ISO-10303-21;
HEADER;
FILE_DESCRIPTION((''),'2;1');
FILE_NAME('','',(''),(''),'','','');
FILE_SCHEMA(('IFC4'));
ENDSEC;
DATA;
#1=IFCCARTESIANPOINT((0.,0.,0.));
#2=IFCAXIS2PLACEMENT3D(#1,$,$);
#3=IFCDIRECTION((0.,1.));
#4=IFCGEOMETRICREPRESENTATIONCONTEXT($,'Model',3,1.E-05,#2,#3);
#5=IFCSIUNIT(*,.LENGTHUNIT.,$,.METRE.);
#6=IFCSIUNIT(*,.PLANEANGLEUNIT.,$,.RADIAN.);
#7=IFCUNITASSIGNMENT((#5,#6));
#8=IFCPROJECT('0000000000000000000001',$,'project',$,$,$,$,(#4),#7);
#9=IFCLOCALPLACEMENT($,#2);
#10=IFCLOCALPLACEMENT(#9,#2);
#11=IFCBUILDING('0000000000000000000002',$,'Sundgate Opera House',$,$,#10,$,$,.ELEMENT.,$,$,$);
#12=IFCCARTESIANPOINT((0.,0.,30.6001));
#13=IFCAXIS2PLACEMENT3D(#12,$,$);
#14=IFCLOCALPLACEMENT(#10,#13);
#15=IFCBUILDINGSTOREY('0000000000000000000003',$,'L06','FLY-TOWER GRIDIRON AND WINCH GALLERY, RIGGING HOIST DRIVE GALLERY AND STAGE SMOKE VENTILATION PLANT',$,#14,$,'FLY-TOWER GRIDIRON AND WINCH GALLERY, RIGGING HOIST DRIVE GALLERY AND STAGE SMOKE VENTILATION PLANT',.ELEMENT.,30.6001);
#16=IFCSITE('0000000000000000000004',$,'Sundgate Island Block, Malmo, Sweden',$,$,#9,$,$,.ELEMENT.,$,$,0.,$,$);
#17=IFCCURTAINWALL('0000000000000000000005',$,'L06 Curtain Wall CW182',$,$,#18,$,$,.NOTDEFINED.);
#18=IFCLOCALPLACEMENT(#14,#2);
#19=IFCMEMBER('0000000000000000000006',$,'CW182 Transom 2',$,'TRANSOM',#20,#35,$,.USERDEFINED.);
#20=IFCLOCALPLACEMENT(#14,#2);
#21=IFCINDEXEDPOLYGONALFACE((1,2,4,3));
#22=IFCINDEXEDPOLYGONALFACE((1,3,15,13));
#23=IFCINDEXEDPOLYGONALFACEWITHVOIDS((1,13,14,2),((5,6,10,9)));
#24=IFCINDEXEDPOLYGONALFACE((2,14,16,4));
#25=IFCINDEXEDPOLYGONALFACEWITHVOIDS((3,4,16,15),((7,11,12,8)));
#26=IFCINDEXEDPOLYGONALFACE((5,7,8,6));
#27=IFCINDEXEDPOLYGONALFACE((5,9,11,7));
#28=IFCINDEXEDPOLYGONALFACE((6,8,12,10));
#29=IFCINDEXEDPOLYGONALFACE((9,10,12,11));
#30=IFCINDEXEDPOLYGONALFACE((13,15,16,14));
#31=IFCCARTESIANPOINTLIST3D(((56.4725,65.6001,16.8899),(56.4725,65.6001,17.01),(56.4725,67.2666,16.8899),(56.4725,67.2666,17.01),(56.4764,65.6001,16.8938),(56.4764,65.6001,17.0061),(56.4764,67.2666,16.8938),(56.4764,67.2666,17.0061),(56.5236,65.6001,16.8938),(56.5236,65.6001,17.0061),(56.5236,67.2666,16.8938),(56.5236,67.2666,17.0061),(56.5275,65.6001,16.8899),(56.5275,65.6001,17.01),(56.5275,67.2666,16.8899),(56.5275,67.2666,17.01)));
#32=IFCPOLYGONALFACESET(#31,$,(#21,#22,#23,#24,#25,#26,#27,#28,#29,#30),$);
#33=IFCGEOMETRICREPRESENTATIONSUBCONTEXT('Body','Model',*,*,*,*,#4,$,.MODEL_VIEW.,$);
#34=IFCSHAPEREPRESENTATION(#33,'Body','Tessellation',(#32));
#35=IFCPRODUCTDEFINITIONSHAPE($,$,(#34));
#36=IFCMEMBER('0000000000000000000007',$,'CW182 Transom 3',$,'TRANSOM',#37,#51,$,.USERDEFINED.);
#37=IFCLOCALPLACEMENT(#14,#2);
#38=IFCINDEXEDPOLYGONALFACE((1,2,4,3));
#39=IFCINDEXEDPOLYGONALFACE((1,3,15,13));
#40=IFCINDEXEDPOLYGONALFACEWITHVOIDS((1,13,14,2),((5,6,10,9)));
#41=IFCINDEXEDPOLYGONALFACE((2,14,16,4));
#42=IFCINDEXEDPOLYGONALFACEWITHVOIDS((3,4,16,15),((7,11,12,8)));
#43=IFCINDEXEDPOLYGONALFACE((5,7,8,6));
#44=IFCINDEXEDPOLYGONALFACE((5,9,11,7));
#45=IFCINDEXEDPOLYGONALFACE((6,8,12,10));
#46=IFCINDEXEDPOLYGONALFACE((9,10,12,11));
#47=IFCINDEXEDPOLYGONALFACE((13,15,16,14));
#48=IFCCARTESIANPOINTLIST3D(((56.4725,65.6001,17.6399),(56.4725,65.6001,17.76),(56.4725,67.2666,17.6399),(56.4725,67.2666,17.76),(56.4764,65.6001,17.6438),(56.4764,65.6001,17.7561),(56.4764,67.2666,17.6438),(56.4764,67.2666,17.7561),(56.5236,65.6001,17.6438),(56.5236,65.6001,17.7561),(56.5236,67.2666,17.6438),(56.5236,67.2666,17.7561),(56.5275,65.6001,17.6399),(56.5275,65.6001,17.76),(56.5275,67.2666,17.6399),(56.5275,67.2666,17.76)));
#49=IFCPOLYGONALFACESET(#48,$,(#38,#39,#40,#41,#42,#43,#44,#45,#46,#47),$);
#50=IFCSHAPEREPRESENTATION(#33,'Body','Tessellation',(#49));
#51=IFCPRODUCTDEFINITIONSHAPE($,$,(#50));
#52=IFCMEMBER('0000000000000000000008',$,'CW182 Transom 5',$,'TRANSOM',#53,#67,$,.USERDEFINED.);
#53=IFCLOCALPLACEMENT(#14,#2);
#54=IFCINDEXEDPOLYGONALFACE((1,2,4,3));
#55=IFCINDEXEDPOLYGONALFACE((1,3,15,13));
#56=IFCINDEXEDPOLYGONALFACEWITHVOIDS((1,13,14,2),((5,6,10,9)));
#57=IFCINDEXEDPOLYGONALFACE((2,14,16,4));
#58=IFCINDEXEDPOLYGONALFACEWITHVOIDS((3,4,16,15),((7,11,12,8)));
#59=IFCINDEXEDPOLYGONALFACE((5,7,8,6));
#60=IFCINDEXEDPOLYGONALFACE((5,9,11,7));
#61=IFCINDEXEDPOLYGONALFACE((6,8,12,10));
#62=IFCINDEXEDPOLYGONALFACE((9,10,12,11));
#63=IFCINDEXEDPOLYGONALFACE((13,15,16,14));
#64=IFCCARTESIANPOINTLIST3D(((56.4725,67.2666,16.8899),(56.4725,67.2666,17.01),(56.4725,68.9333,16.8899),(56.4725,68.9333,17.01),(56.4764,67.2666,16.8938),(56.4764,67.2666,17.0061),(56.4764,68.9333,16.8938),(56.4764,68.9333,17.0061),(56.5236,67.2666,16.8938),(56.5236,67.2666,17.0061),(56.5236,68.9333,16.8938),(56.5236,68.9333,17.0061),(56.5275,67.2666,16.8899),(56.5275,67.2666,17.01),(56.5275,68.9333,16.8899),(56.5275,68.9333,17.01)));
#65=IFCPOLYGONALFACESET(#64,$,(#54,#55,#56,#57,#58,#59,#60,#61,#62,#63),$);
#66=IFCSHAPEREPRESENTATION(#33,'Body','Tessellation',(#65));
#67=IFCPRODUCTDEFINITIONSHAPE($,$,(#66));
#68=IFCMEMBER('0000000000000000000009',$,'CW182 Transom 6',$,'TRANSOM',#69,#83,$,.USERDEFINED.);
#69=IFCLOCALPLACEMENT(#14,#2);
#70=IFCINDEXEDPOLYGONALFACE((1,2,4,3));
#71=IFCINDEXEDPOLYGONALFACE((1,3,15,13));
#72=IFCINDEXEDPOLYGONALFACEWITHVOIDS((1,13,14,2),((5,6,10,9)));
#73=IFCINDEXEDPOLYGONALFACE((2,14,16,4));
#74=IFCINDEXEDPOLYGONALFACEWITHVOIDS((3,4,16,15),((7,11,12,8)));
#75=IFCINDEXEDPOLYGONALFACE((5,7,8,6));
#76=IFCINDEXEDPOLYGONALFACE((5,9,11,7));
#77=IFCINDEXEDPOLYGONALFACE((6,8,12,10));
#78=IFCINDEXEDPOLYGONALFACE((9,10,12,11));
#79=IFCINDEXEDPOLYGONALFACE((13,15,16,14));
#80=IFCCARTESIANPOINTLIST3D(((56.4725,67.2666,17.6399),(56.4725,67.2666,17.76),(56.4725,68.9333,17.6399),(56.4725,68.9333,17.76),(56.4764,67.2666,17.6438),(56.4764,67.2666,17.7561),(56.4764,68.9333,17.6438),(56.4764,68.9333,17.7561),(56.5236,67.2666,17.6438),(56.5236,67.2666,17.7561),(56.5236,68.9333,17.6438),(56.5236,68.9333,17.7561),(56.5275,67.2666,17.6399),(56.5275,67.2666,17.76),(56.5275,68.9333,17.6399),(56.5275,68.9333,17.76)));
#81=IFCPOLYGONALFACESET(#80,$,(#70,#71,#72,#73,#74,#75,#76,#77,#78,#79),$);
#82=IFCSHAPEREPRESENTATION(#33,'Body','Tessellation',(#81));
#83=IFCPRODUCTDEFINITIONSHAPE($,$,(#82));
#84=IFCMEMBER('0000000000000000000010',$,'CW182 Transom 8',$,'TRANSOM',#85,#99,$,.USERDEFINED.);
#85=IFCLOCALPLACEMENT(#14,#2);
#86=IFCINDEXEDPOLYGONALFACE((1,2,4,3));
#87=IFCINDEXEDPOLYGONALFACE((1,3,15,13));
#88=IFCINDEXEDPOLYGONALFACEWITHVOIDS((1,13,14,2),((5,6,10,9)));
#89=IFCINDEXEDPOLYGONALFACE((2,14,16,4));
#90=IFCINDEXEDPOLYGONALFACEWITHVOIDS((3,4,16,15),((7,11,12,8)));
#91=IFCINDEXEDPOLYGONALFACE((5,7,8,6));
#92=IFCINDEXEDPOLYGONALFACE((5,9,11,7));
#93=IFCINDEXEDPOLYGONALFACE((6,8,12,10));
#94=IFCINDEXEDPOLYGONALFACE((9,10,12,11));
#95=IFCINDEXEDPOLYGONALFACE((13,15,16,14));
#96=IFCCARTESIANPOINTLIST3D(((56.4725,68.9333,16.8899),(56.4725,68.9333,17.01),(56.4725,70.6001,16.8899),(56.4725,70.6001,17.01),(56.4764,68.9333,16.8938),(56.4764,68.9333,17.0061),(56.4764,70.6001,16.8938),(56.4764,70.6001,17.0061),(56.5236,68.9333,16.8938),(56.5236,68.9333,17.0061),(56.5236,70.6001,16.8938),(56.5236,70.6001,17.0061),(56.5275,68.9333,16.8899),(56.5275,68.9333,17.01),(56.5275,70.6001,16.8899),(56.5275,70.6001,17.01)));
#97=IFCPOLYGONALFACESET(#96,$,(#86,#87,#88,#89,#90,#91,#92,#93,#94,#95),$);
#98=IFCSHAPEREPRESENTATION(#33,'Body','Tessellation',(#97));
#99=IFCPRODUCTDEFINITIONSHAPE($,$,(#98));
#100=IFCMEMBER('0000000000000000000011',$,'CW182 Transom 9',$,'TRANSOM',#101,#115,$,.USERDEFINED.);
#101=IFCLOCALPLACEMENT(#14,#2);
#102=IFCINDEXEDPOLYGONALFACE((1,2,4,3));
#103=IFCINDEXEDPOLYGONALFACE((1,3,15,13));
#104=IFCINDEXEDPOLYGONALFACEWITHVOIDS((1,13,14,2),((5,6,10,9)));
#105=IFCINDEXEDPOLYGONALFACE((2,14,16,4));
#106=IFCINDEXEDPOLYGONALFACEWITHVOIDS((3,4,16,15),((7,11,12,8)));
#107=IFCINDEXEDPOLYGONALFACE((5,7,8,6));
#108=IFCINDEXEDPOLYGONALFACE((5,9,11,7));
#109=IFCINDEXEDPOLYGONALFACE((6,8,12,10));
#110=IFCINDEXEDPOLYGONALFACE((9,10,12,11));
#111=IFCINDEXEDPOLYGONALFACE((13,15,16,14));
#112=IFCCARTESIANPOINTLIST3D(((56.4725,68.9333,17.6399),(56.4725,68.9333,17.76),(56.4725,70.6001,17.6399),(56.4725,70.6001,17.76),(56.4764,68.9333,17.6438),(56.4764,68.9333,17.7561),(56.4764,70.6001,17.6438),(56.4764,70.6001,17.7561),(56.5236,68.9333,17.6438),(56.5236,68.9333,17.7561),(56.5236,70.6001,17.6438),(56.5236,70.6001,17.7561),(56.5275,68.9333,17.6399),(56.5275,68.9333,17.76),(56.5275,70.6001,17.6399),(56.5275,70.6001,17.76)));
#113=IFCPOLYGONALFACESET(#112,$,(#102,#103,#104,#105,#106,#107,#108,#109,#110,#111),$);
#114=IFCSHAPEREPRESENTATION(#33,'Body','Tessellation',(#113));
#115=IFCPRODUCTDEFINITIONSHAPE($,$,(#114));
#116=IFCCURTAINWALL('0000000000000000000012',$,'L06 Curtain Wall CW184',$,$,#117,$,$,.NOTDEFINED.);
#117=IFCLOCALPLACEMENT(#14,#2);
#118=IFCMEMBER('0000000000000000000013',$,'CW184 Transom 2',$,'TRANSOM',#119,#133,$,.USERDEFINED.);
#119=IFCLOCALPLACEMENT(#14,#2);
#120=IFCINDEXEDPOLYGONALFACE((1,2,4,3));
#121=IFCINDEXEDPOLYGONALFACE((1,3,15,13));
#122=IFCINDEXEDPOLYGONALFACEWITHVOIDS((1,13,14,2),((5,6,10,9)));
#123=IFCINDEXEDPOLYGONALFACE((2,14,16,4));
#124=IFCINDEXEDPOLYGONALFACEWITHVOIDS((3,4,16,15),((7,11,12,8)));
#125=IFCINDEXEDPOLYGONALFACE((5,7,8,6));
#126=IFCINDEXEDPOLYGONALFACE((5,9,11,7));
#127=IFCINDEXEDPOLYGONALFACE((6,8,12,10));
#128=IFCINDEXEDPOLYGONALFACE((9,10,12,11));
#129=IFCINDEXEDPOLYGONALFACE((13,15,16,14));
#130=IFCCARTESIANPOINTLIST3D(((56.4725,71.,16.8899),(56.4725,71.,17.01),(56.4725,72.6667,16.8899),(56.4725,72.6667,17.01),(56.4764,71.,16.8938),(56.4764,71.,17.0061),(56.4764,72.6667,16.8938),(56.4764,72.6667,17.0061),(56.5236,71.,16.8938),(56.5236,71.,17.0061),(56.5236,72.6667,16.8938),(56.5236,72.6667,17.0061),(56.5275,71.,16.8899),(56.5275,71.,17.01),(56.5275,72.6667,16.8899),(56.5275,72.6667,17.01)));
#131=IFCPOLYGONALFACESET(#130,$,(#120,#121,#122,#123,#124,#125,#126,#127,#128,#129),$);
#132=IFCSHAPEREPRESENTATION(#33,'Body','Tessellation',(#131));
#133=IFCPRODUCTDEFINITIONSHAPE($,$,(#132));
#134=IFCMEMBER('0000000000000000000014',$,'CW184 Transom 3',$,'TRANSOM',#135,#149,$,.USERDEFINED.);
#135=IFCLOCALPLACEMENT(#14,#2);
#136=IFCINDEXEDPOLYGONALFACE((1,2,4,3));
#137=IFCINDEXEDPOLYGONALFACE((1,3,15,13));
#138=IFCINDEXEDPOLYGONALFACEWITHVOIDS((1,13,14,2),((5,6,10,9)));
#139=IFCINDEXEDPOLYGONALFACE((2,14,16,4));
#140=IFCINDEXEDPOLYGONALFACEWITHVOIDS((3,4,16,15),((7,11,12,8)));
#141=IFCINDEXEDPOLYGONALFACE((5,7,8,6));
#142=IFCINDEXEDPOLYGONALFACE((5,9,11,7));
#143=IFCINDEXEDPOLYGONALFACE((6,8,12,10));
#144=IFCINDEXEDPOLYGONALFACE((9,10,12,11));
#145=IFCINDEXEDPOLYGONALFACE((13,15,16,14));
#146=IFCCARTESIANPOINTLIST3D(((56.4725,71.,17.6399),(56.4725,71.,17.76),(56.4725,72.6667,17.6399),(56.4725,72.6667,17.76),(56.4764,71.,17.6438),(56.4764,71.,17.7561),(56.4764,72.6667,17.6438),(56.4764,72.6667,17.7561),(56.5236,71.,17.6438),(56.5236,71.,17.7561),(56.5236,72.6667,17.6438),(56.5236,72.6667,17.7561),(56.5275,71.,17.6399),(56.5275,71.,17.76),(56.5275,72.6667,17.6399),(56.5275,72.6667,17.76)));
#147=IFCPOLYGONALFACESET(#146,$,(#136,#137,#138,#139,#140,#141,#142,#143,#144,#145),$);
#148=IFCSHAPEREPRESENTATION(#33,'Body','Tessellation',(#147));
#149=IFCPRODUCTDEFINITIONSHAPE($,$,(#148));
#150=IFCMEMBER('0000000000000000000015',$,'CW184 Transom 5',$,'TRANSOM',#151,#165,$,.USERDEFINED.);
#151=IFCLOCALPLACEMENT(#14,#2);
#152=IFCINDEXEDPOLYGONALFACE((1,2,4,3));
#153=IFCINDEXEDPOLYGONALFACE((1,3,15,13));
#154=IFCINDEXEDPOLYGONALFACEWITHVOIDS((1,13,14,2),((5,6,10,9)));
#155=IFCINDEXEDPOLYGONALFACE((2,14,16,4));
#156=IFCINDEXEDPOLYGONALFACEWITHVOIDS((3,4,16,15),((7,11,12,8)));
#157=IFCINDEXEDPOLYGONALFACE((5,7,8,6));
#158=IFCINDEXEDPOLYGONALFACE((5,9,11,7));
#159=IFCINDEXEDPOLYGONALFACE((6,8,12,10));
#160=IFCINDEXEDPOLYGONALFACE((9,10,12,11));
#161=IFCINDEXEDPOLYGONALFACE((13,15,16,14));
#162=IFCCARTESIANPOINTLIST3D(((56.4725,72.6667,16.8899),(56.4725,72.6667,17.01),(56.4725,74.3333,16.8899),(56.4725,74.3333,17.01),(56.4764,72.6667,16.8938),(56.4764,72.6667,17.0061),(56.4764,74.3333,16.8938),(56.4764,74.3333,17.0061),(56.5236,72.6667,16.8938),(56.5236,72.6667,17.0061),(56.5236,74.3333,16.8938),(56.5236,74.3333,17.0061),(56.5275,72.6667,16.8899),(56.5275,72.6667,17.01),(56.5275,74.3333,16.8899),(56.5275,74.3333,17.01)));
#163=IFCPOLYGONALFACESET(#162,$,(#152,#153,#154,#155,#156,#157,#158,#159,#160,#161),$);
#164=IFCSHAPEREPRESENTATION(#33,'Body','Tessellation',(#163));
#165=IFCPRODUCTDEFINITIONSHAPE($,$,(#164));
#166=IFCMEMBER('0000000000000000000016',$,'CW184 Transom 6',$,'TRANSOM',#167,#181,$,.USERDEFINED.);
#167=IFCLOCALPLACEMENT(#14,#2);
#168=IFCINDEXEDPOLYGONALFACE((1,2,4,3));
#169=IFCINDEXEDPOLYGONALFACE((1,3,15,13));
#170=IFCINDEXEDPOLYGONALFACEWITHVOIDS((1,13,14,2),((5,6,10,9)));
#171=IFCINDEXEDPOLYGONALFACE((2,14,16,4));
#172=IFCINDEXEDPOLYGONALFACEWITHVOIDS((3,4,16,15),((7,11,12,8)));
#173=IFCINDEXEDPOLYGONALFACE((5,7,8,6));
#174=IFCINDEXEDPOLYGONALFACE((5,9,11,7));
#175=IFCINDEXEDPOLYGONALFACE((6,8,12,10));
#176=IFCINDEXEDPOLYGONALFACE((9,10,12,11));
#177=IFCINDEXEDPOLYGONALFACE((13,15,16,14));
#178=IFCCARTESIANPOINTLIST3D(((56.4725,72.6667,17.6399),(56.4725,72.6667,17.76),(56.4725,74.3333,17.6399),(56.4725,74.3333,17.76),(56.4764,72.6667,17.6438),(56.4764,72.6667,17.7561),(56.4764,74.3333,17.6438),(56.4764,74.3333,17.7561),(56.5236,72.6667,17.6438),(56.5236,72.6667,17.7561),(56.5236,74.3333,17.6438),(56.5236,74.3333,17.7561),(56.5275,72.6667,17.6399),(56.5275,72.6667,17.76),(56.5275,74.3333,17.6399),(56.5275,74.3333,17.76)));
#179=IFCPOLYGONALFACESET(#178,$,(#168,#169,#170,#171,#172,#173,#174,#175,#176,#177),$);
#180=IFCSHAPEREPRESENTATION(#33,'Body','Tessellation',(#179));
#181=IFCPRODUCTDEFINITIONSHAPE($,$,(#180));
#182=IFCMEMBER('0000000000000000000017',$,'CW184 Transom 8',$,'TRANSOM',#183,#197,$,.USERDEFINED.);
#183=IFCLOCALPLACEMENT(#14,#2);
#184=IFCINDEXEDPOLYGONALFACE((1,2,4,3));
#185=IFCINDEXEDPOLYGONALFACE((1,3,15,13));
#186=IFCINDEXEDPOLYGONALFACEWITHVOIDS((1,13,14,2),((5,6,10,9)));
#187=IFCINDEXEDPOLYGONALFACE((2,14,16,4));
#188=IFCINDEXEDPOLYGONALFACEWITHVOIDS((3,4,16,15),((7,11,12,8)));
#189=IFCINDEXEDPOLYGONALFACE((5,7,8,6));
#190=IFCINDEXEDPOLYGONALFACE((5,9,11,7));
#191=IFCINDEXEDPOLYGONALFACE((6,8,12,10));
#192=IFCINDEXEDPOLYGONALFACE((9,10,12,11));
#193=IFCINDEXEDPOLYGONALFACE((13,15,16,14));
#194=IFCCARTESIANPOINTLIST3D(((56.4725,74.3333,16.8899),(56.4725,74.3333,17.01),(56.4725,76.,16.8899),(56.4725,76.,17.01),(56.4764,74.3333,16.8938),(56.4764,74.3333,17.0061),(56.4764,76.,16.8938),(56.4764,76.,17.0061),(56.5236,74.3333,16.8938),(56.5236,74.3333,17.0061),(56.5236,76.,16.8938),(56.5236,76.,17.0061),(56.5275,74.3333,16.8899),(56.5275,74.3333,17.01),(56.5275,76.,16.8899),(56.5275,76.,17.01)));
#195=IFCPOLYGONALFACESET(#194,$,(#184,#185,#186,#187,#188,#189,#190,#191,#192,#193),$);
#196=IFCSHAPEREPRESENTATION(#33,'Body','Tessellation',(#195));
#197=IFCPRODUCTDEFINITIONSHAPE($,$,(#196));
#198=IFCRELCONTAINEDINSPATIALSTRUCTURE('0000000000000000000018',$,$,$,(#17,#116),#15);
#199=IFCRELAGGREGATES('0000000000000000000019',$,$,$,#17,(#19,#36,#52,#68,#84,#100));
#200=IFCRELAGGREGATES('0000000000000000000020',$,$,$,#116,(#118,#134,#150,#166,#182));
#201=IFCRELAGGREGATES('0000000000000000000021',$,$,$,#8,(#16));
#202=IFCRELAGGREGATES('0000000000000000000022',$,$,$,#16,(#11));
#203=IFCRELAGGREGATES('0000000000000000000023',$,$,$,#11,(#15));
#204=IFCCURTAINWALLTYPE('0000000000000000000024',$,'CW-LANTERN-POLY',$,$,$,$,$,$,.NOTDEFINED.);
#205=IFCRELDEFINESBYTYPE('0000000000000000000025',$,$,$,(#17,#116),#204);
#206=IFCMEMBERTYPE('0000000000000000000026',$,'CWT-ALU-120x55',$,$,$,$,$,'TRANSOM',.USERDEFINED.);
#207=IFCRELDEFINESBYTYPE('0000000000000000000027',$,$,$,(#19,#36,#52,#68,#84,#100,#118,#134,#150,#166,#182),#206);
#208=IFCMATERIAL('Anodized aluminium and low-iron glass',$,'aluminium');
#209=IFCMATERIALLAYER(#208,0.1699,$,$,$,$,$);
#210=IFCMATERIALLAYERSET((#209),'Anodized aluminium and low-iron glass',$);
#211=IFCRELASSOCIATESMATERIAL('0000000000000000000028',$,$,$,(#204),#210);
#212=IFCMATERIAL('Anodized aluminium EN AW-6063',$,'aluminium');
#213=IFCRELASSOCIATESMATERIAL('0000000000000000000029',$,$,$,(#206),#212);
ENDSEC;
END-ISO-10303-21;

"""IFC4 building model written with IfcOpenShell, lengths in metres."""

from ifc_helpers import new_model, si_unit, direction, frame, origin, origin_2d, place, context, subcontext, project, spatial, hollow_rectangle, extrude, material, layer, layer_set, material_profile, profile_set, type_object, element, aggregate, save


model = new_model("IFC4")

# Units and contexts
model_context = context("Model", 3, precision=1e-05, world=origin(), true_north=direction((0.0, 1.0)))
body_context = subcontext(model_context, "Body", "Model", "MODEL_VIEW")
ifc_project = project(units=[si_unit("LENGTHUNIT", "METRE"), si_unit("PLANEANGLEUNIT", "RADIAN")], contexts=[model_context])

# Site, building, storey
site_placement = place(None, origin())
site = spatial("IfcSite", under=ifc_project, at=site_placement, Name="Sundgate Island Block, Malmo, Sweden", CompositionType="ELEMENT", RefElevation=0.0)
building_placement = place(site_placement, origin())
building = spatial("IfcBuilding", under=site, at=building_placement, Name="Sundgate Opera House", CompositionType="ELEMENT")
storey_placement = place(building_placement, frame((0.0, 0.0, 30.6001)))
storey = spatial("IfcBuildingStorey", under=building, at=storey_placement, Name="L06", Description="FLY-TOWER GRIDIRON AND WINCH GALLERY, RIGGING HOIST DRIVE GALLERY AND STAGE SMOKE VENTILATION PLANT", LongName="FLY-TOWER GRIDIRON AND WINCH GALLERY, RIGGING HOIST DRIVE GALLERY AND STAGE SMOKE VENTILATION PLANT", CompositionType="ELEMENT", Elevation=30.6001)

# Curtain walls, members
ifc_material_1 = material(Name="Anodized aluminium and low-iron glass", Category="aluminium")
ifc_layer_1 = layer(ifc_material_1, 0.1699)
ifc_layer_set_1 = layer_set([ifc_layer_1], Name="Anodized aluminium and low-iron glass")
curtain_wall_type = type_object("IfcCurtainWallType", Name="CW-LANTERN-POLY", PredefinedType="NOTDEFINED", material=ifc_layer_set_1)
curtain_wall_1_placement = place(storey_placement, origin())
curtain_wall_1 = element("IfcCurtainWall", 1, at=curtain_wall_1_placement, inside=storey, type_object=curtain_wall_type, Name="L06 Curtain Wall CW182", PredefinedType="NOTDEFINED")
ifc_material_2 = material(Name="Anodized aluminium EN AW-6063", Category="aluminium")
ifc_material_profile_1 = material_profile(ifc_material_2, hollow_rectangle(XDim=0.0549, YDim=0.1201, WallThickness=0.0039, at=origin_2d()), Name="CWT 120x55x4")
ifc_profile_set_1 = profile_set([ifc_material_profile_1], Name="Anodized aluminium EN AW-6063")
member_type_1 = type_object("IfcMemberType", Name="CWT-ALU-120x55", ElementType="TRANSOM", PredefinedType="USERDEFINED", material=ifc_profile_set_1)
member_1_placement = place(storey_placement, frame((56.5, 65.6001, 16.95), z_axis=(0.0, 1.0, 0.0), x_axis=(-1.0, 0.0, 0.0)))
member_1 = element("IfcMember", 2, at=member_1_placement, type_object=member_type_1, Name="CW182 Transom 2", ObjectType="TRANSOM", PredefinedType="USERDEFINED", context=body_context, shape_type="SweptSolid", body=[
    extrude(hollow_rectangle(XDim=0.0549, YDim=0.1201, WallThickness=0.0039, at=origin_2d()), origin(), (0.0, 0.0, 1.0), 1.6665),
])
member_2_placement = place(storey_placement, frame((56.5, 65.6001, 17.7), z_axis=(0.0, 1.0, 0.0), x_axis=(-1.0, 0.0, 0.0)))
member_2 = element("IfcMember", 3, at=member_2_placement, type_object=member_type_1, Name="CW182 Transom 3", ObjectType="TRANSOM", PredefinedType="USERDEFINED", context=body_context, shape_type="SweptSolid", body=[
    extrude(hollow_rectangle(XDim=0.0549, YDim=0.1201, WallThickness=0.0039, at=origin_2d()), origin(), (0.0, 0.0, 1.0), 1.6665),
])
member_3_placement = place(storey_placement, frame((56.5, 67.2666, 16.95), z_axis=(0.0, 1.0, 0.0), x_axis=(-1.0, 0.0, 0.0)))
member_3 = element("IfcMember", 4, at=member_3_placement, type_object=member_type_1, Name="CW182 Transom 5", ObjectType="TRANSOM", PredefinedType="USERDEFINED", context=body_context, shape_type="SweptSolid", body=[
    extrude(hollow_rectangle(XDim=0.0549, YDim=0.1201, WallThickness=0.0039, at=origin_2d()), origin(), (0.0, 0.0, 1.0), 1.6667),
])
member_4_placement = place(storey_placement, frame((56.5, 67.2666, 17.7), z_axis=(0.0, 1.0, 0.0), x_axis=(-1.0, 0.0, 0.0)))
member_4 = element("IfcMember", 5, at=member_4_placement, type_object=member_type_1, Name="CW182 Transom 6", ObjectType="TRANSOM", PredefinedType="USERDEFINED", context=body_context, shape_type="SweptSolid", body=[
    extrude(hollow_rectangle(XDim=0.0549, YDim=0.1201, WallThickness=0.0039, at=origin_2d()), origin(), (0.0, 0.0, 1.0), 1.6667),
])
member_5_placement = place(storey_placement, frame((56.5, 68.9333, 16.95), z_axis=(0.0, 1.0, 0.0), x_axis=(-1.0, 0.0, 0.0)))
member_5 = element("IfcMember", 6, at=member_5_placement, type_object=member_type_1, Name="CW182 Transom 8", ObjectType="TRANSOM", PredefinedType="USERDEFINED", context=body_context, shape_type="SweptSolid", body=[
    extrude(hollow_rectangle(XDim=0.0549, YDim=0.1201, WallThickness=0.0039, at=origin_2d()), origin(), (0.0, 0.0, 1.0), 1.6667),
])
member_6_placement = place(storey_placement, frame((56.5, 68.9333, 17.7), z_axis=(0.0, 1.0, 0.0), x_axis=(-1.0, 0.0, 0.0)))
member_6 = element("IfcMember", 7, at=member_6_placement, type_object=member_type_1, Name="CW182 Transom 9", ObjectType="TRANSOM", PredefinedType="USERDEFINED", context=body_context, shape_type="SweptSolid", body=[
    extrude(hollow_rectangle(XDim=0.0549, YDim=0.1201, WallThickness=0.0039, at=origin_2d()), origin(), (0.0, 0.0, 1.0), 1.6667),
])
curtain_wall_2_placement = place(storey_placement, origin())
curtain_wall_2 = element("IfcCurtainWall", 8, at=curtain_wall_2_placement, inside=storey, type_object=curtain_wall_type, Name="L06 Curtain Wall CW184", PredefinedType="NOTDEFINED")
member_7_placement = place(storey_placement, frame((56.5, 71.0, 16.95), z_axis=(0.0, 1.0, 0.0), x_axis=(-1.0, 0.0, 0.0)))
member_7 = element("IfcMember", 9, at=member_7_placement, type_object=member_type_1, Name="CW184 Transom 2", ObjectType="TRANSOM", PredefinedType="USERDEFINED", context=body_context, shape_type="SweptSolid", body=[
    extrude(hollow_rectangle(XDim=0.0549, YDim=0.1201, WallThickness=0.0039, at=origin_2d()), origin(), (0.0, 0.0, 1.0), 1.6667),
])
member_8_placement = place(storey_placement, frame((56.5, 71.0, 17.7), z_axis=(0.0, 1.0, 0.0), x_axis=(-1.0, 0.0, 0.0)))
member_8 = element("IfcMember", 10, at=member_8_placement, type_object=member_type_1, Name="CW184 Transom 3", ObjectType="TRANSOM", PredefinedType="USERDEFINED", context=body_context, shape_type="SweptSolid", body=[
    extrude(hollow_rectangle(XDim=0.0549, YDim=0.1201, WallThickness=0.0039, at=origin_2d()), origin(), (0.0, 0.0, 1.0), 1.6667),
])
member_9_placement = place(storey_placement, frame((56.5, 72.6667, 16.95), z_axis=(0.0, 1.0, 0.0), x_axis=(-1.0, 0.0, 0.0)))
member_9 = element("IfcMember", 11, at=member_9_placement, type_object=member_type_1, Name="CW184 Transom 5", ObjectType="TRANSOM", PredefinedType="USERDEFINED", context=body_context, shape_type="SweptSolid", body=[
    extrude(hollow_rectangle(XDim=0.0549, YDim=0.1201, WallThickness=0.0039, at=origin_2d()), origin(), (0.0, 0.0, 1.0), 1.6665),
])
member_10_placement = place(storey_placement, frame((56.5, 72.6667, 17.7), z_axis=(0.0, 1.0, 0.0), x_axis=(-1.0, 0.0, 0.0)))
member_10 = element("IfcMember", 12, at=member_10_placement, type_object=member_type_1, Name="CW184 Transom 6", ObjectType="TRANSOM", PredefinedType="USERDEFINED", context=body_context, shape_type="SweptSolid", body=[
    extrude(hollow_rectangle(XDim=0.0549, YDim=0.1201, WallThickness=0.0039, at=origin_2d()), origin(), (0.0, 0.0, 1.0), 1.6665),
])
member_11_placement = place(storey_placement, frame((56.5, 74.3333, 16.95), z_axis=(0.0, 1.0, 0.0), x_axis=(-1.0, 0.0, 0.0)))
member_11 = element("IfcMember", 13, at=member_11_placement, type_object=member_type_1, Name="CW184 Transom 8", ObjectType="TRANSOM", PredefinedType="USERDEFINED", context=body_context, shape_type="SweptSolid", body=[
    extrude(hollow_rectangle(XDim=0.0549, YDim=0.1201, WallThickness=0.0039, at=origin_2d()), origin(), (0.0, 0.0, 1.0), 1.6667),
])

aggregate(curtain_wall_1, [member_1, member_2, member_3, member_4, member_5, member_6])
aggregate(curtain_wall_2, [member_7, member_8, member_9, member_10, member_11])

save(model, "model.ifc")
